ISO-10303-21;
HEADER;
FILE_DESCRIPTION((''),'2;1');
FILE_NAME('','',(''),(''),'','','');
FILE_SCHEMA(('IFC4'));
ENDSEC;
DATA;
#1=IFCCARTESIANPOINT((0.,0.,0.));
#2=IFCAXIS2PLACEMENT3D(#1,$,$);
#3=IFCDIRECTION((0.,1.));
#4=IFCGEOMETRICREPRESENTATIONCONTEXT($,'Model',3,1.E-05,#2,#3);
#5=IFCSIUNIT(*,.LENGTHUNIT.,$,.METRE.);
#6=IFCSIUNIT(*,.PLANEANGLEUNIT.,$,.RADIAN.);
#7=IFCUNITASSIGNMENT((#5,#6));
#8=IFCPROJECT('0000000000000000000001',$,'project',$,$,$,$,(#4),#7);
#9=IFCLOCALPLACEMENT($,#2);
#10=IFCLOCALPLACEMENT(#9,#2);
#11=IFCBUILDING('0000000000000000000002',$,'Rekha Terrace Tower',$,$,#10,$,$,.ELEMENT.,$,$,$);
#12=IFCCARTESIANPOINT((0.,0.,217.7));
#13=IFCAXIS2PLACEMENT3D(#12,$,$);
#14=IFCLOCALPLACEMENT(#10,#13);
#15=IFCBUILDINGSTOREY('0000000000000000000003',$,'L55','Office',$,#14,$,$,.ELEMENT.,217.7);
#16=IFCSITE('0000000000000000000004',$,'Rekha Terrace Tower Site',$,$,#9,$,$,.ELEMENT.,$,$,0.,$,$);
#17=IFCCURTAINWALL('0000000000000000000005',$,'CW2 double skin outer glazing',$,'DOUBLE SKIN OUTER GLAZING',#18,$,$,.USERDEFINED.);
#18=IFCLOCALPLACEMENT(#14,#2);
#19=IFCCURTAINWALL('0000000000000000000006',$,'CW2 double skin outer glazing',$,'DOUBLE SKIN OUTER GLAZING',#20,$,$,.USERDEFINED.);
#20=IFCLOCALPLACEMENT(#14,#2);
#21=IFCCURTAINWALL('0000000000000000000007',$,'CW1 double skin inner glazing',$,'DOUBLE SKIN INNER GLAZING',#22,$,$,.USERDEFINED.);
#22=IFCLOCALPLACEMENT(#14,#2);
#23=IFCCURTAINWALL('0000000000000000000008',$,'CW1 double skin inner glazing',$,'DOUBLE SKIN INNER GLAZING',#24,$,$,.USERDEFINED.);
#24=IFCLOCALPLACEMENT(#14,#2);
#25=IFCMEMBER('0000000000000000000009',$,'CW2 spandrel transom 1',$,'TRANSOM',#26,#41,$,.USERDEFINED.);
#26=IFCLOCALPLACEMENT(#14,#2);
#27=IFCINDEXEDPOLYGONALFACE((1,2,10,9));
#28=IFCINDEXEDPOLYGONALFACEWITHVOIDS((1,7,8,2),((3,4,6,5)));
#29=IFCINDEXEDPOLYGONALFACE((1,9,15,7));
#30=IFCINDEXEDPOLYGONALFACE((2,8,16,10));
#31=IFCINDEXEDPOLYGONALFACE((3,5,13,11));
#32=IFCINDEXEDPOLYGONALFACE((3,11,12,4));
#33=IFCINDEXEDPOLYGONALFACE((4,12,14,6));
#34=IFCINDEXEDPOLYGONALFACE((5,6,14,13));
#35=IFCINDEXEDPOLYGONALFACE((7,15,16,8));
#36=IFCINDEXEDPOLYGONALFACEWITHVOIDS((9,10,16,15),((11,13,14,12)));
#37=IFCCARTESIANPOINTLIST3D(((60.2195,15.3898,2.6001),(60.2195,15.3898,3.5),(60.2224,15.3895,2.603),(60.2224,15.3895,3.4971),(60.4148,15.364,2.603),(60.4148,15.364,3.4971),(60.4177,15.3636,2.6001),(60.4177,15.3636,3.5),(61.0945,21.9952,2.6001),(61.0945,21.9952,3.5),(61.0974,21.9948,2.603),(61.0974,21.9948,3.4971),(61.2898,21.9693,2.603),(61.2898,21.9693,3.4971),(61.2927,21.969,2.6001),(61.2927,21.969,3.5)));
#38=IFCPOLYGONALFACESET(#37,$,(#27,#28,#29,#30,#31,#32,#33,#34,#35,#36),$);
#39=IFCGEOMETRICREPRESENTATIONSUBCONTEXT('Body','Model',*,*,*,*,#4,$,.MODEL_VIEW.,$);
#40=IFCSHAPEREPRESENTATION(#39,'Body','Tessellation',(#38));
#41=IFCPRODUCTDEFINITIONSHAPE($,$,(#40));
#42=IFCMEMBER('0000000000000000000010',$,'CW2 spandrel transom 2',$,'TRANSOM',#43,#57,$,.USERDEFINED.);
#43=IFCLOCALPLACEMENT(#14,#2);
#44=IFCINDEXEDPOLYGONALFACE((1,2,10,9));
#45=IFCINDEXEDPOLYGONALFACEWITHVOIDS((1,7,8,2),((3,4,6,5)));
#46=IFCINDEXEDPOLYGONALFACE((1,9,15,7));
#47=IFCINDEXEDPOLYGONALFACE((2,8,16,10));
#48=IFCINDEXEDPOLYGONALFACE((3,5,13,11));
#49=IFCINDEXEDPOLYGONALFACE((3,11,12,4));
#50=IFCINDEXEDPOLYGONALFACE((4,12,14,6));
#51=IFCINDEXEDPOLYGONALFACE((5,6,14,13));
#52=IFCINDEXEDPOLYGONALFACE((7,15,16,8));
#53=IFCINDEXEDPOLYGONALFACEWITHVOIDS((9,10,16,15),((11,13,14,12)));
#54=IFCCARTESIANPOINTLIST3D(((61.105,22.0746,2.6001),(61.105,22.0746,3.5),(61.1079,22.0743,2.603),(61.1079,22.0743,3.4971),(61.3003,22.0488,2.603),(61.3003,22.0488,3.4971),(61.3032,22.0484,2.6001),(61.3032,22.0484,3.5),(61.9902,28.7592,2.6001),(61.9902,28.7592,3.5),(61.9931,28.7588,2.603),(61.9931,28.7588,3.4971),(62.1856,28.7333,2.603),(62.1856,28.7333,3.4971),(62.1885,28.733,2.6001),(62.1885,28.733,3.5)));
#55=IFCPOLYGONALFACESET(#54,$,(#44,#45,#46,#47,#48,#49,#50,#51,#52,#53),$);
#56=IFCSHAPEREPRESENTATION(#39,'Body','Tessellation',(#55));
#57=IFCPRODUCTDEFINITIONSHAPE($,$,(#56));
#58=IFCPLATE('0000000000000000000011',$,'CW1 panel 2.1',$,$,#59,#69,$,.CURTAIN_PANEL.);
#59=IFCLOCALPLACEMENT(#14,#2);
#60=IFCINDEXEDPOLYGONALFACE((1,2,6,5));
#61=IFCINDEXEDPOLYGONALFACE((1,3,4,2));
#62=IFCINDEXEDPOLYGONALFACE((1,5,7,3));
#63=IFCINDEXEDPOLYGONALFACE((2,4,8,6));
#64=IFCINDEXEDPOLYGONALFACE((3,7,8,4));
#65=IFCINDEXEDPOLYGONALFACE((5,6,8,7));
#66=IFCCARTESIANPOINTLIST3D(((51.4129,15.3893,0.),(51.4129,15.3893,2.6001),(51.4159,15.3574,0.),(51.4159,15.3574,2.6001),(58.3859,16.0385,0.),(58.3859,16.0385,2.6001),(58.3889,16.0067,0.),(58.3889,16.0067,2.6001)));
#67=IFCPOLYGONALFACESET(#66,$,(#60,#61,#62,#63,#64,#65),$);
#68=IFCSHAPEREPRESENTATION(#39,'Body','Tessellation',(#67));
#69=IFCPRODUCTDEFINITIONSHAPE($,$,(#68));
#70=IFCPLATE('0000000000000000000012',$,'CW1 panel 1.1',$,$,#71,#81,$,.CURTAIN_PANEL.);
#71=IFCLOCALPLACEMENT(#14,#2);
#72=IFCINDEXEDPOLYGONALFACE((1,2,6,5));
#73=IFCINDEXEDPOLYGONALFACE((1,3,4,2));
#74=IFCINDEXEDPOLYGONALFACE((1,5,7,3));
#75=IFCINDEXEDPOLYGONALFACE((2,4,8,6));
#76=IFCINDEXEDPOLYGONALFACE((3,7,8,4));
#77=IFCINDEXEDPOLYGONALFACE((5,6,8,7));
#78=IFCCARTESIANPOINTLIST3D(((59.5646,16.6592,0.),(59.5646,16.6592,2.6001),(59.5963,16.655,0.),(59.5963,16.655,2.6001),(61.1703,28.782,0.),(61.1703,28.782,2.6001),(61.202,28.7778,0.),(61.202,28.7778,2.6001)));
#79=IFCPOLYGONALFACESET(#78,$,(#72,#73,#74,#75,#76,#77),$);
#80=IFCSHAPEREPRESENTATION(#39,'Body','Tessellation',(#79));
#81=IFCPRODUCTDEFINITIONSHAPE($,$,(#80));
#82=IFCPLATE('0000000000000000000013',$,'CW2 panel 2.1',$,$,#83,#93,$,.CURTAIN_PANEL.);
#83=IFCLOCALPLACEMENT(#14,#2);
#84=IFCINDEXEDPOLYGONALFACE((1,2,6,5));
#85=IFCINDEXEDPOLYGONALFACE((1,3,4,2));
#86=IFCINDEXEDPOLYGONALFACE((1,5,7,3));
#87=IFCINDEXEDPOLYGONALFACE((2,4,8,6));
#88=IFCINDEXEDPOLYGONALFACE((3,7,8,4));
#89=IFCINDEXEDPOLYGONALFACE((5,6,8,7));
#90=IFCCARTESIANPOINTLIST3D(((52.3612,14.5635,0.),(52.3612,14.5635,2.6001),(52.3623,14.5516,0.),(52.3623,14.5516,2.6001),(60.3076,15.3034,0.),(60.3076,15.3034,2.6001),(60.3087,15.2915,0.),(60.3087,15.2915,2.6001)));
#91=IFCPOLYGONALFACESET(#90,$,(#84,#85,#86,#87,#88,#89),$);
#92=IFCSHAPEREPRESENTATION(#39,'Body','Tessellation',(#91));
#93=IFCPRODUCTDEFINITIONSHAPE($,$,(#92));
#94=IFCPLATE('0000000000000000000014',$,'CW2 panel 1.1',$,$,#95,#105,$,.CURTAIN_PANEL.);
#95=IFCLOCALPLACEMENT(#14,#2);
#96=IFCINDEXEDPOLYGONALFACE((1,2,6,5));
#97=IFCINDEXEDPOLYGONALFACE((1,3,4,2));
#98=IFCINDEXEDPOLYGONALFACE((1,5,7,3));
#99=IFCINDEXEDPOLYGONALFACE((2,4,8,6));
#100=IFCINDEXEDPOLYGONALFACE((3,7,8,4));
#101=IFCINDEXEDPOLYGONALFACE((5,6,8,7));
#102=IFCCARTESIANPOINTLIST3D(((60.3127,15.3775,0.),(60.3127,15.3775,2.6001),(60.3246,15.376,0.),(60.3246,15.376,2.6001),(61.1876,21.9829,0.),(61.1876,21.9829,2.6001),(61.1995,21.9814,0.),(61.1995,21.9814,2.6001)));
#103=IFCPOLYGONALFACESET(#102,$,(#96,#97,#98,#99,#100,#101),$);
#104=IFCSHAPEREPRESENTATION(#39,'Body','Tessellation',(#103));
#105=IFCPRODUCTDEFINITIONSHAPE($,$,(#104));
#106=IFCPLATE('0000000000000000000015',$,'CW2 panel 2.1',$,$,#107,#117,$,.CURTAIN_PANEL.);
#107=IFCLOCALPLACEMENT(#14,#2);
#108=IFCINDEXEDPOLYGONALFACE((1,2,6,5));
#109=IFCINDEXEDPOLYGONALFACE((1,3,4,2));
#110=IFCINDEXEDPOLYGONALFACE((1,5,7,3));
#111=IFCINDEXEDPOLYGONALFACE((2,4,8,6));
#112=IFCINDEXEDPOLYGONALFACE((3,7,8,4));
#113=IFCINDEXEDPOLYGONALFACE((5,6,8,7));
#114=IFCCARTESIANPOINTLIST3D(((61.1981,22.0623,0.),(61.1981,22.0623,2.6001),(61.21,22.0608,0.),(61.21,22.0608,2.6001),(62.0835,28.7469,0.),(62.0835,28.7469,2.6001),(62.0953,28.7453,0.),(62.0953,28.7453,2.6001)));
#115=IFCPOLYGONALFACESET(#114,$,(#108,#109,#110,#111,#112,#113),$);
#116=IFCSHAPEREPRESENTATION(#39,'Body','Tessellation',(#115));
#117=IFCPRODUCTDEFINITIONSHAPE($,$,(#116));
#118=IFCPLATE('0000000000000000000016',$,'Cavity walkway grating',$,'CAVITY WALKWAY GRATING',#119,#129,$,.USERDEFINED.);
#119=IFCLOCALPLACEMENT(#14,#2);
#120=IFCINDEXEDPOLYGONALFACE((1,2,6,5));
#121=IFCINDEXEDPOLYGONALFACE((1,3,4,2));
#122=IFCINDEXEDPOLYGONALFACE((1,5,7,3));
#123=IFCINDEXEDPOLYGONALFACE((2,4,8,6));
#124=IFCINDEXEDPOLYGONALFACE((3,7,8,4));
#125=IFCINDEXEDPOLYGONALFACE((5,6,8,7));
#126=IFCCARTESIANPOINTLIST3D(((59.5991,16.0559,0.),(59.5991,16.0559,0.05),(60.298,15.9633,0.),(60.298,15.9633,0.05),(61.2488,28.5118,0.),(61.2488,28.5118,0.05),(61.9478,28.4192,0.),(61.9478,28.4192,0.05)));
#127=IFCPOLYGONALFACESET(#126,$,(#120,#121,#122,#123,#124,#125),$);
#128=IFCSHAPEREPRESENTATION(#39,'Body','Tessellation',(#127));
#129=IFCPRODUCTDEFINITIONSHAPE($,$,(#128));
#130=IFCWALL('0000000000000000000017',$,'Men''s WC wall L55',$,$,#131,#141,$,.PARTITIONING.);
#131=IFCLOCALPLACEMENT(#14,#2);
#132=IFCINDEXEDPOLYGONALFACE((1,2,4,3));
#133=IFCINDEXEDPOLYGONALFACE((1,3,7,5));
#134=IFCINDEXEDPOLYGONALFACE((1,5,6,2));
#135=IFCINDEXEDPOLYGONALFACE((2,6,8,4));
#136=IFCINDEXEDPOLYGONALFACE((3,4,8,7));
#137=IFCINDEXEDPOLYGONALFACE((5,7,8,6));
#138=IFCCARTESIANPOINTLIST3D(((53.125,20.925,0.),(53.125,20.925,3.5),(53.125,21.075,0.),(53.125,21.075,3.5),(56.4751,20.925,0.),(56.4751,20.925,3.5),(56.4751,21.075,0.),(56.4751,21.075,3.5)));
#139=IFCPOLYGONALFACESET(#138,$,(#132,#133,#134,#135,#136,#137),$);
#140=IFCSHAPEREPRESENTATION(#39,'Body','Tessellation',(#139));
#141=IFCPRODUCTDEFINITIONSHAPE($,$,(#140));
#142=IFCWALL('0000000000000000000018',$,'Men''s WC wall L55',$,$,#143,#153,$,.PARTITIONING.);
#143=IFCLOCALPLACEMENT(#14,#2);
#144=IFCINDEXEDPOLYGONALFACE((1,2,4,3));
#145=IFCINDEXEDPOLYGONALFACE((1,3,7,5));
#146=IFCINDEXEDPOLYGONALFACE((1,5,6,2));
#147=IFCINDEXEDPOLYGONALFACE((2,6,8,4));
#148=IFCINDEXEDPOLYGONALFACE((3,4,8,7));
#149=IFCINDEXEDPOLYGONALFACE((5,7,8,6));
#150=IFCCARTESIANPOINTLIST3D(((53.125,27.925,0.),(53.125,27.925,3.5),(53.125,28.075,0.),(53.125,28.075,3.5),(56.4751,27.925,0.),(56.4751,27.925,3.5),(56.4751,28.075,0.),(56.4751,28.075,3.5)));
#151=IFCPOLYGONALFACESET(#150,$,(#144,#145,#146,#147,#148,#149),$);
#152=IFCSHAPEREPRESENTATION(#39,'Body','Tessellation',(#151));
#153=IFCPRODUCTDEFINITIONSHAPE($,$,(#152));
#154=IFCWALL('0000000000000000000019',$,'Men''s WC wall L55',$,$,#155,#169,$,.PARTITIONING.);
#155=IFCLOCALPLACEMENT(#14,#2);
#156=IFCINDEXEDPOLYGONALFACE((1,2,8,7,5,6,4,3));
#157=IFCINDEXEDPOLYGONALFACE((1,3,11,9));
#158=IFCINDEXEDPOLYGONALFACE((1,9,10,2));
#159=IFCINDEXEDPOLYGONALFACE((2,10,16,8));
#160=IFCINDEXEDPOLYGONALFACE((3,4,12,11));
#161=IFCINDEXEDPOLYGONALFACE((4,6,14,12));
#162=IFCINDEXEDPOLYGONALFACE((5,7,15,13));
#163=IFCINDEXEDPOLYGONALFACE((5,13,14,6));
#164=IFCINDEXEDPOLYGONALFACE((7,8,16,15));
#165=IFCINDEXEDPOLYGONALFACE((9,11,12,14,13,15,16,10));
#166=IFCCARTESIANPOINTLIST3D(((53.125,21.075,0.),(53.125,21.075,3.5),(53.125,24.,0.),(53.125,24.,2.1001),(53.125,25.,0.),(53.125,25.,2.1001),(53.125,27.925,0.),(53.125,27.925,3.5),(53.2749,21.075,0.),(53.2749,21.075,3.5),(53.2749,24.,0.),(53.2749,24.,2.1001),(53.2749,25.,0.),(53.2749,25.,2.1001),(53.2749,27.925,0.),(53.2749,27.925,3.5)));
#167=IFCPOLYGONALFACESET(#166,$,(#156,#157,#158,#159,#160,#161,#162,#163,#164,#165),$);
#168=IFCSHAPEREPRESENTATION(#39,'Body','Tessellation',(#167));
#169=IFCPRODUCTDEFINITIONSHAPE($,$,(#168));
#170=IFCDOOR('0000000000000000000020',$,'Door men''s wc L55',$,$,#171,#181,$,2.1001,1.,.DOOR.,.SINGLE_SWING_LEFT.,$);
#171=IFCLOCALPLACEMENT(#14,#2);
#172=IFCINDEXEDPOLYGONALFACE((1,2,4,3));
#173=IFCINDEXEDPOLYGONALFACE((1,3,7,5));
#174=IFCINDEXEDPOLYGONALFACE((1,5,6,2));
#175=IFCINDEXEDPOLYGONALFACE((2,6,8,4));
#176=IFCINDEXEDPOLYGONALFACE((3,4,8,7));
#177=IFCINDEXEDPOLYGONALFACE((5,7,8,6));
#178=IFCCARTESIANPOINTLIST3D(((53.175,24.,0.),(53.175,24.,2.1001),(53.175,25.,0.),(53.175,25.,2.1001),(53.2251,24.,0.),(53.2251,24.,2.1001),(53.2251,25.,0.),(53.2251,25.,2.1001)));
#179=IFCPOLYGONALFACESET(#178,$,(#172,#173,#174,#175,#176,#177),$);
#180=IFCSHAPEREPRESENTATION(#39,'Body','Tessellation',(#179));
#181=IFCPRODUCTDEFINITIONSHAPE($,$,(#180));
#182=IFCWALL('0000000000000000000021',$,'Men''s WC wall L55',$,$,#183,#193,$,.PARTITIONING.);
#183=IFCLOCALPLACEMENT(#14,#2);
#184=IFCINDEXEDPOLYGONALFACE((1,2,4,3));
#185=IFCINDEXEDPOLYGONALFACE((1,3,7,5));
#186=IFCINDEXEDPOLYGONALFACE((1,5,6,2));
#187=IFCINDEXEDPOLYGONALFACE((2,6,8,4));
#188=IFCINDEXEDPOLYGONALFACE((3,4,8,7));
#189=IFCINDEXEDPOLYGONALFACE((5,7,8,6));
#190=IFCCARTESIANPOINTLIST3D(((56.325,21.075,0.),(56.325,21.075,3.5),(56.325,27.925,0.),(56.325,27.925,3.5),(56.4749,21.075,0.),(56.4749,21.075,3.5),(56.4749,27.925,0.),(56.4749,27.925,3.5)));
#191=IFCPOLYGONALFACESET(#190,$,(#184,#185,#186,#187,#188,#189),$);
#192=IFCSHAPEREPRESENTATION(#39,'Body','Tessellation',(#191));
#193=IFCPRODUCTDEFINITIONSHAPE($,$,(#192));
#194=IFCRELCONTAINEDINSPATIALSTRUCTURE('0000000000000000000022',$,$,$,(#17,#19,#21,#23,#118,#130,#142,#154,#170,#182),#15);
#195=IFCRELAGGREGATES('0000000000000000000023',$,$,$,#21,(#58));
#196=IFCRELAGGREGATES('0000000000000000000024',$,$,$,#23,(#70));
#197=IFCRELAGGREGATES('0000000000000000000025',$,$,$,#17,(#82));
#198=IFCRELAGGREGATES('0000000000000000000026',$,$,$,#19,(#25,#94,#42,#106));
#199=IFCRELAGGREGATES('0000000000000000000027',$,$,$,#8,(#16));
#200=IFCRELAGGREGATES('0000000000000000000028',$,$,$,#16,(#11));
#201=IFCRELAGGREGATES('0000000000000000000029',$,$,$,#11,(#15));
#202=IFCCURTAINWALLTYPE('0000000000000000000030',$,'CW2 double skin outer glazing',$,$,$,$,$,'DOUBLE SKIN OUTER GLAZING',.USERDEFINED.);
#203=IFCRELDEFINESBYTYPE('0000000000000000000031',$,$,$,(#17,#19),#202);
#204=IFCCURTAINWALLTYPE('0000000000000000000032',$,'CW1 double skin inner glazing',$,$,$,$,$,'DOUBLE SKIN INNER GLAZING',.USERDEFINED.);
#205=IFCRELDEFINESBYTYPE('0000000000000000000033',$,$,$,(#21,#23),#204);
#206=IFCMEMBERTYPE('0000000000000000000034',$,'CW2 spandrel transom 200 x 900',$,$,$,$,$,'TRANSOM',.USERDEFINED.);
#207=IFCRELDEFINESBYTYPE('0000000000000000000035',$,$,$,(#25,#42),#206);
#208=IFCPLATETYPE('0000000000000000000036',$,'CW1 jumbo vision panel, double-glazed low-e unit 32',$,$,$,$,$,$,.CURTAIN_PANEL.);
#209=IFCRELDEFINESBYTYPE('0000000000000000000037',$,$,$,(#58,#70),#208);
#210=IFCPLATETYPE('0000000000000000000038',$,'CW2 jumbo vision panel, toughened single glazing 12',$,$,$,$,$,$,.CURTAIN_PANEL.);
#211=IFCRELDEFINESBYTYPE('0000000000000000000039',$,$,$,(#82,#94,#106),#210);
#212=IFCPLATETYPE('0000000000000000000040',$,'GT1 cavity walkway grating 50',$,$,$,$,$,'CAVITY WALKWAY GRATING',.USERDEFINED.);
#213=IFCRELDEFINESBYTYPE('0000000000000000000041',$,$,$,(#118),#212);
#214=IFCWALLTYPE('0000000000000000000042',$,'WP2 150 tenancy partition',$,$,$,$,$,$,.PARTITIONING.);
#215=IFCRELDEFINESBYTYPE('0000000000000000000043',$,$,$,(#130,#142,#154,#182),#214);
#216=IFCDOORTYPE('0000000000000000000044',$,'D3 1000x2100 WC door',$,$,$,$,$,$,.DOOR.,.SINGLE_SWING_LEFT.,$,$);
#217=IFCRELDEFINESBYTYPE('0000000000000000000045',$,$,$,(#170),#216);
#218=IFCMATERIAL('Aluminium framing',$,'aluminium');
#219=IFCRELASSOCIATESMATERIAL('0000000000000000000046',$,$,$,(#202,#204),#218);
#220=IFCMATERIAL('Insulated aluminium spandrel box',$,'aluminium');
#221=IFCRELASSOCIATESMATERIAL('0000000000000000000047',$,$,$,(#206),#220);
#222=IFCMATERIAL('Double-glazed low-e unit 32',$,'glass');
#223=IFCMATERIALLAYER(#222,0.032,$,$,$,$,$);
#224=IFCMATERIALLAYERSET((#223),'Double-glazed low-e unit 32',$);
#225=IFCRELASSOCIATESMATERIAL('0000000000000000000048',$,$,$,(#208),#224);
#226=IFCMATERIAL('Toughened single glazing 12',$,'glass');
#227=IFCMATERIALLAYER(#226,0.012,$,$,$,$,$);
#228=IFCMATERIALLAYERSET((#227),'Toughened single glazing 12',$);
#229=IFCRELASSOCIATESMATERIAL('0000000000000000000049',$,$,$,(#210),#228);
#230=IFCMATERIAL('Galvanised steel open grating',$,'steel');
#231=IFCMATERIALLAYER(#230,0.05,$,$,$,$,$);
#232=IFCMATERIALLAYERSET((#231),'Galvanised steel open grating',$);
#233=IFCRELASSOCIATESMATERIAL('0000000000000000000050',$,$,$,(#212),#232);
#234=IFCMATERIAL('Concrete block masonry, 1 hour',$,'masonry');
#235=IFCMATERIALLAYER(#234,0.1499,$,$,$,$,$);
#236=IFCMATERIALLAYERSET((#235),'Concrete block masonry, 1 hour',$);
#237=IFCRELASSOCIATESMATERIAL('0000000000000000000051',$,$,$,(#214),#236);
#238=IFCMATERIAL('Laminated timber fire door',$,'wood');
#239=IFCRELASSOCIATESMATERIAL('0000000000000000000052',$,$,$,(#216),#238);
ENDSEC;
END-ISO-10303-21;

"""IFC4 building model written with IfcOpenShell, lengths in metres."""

from ifc_helpers import new_model, si_unit, direction, frame, frame_2d, origin, origin_2d, place, context, subcontext, project, spatial, rectangle, hollow_rectangle, extrude, material, layer, layer_set, material_profile, profile_set, type_object, element, fill, aggregate, save


model = new_model("IFC4")

# Units and contexts
model_context = context("Model", 3, precision=1e-05, world=origin(), true_north=direction((0.0, 1.0)))
body_context = subcontext(model_context, "Body", "Model", "MODEL_VIEW")
ifc_project = project(units=[si_unit("LENGTHUNIT", "METRE"), si_unit("PLANEANGLEUNIT", "RADIAN")], contexts=[model_context])

# Site, building, storey
site_placement = place(None, origin())
site = spatial("IfcSite", under=ifc_project, at=site_placement, Name="Rekha Terrace Tower Site", CompositionType="ELEMENT", RefElevation=0.0)
building_placement = place(site_placement, origin())
building = spatial("IfcBuilding", under=site, at=building_placement, Name="Rekha Terrace Tower", CompositionType="ELEMENT")
storey_placement = place(building_placement, frame((0.0, 0.0, 217.7)))
storey = spatial("IfcBuildingStorey", under=building, at=storey_placement, Name="L55", Description="Office", CompositionType="ELEMENT", Elevation=217.7)

# Curtain walls
ifc_material_1 = material(Name="Aluminium framing", Category="aluminium")
curtain_wall_type_1 = type_object("IfcCurtainWallType", Name="CW2 double skin outer glazing", ElementType="DOUBLE SKIN OUTER GLAZING", PredefinedType="USERDEFINED", material=ifc_material_1)
curtain_wall_1_placement = place(storey_placement, origin())
curtain_wall_1 = element("IfcCurtainWall", 1, at=curtain_wall_1_placement, inside=storey, type_object=curtain_wall_type_1, Name="CW2 double skin outer glazing", ObjectType="DOUBLE SKIN OUTER GLAZING", PredefinedType="USERDEFINED")
curtain_wall_2_placement = place(storey_placement, origin())
curtain_wall_2 = element("IfcCurtainWall", 2, at=curtain_wall_2_placement, inside=storey, type_object=curtain_wall_type_1, Name="CW2 double skin outer glazing", ObjectType="DOUBLE SKIN OUTER GLAZING", PredefinedType="USERDEFINED")
curtain_wall_type_2 = type_object("IfcCurtainWallType", Name="CW1 double skin inner glazing", ElementType="DOUBLE SKIN INNER GLAZING", PredefinedType="USERDEFINED", material=ifc_material_1)
curtain_wall_3_placement = place(storey_placement, origin())
curtain_wall_3 = element("IfcCurtainWall", 3, at=curtain_wall_3_placement, inside=storey, type_object=curtain_wall_type_2, Name="CW1 double skin inner glazing", ObjectType="DOUBLE SKIN INNER GLAZING", PredefinedType="USERDEFINED")

# Curtain wall
curtain_wall_4_placement = place(storey_placement, origin())
curtain_wall_4 = element("IfcCurtainWall", 4, at=curtain_wall_4_placement, inside=storey, type_object=curtain_wall_type_2, Name="CW1 double skin inner glazing", ObjectType="DOUBLE SKIN INNER GLAZING", PredefinedType="USERDEFINED")
ifc_material_2 = material(Name="Insulated aluminium spandrel box", Category="aluminium")

# Members
ifc_material_profile_1 = material_profile(ifc_material_2, hollow_rectangle(XDim=0.2, YDim=0.8999, WallThickness=0.0029, at=origin_2d()), Name="AL SPANDREL BOX 200x900")
ifc_profile_set_1 = profile_set([ifc_material_profile_1], Name="Insulated aluminium spandrel box")
member_type_1 = type_object("IfcMemberType", Name="CW2 spandrel transom 200 x 900", ElementType="TRANSOM", PredefinedType="USERDEFINED", material=ifc_profile_set_1)
member_1_placement = place(storey_placement, frame((60.3186, 15.3767, 3.05), z_axis=(0.131319, 0.99134, 0.0), x_axis=(-0.99134, 0.131319, 0.0)))
member_1 = element("IfcMember", 5, at=member_1_placement, type_object=member_type_1, Name="CW2 spandrel transom 1", ObjectType="TRANSOM", PredefinedType="USERDEFINED", context=body_context, shape_type="SweptSolid", body=[
    extrude(hollow_rectangle(XDim=0.2, YDim=0.8999, WallThickness=0.0029, at=origin_2d()), origin(), (0.0, 0.0, 1.0), 6.6631),
])
member_2_placement = place(storey_placement, frame((61.2041, 22.0615, 3.05), z_axis=(0.131286, 0.991345, 0.0), x_axis=(-0.991345, 0.131286, 0.0)))
member_2 = element("IfcMember", 6, at=member_2_placement, type_object=member_type_1, Name="CW2 spandrel transom 2", ObjectType="TRANSOM", PredefinedType="USERDEFINED", context=body_context, shape_type="SweptSolid", body=[
    extrude(hollow_rectangle(XDim=0.2, YDim=0.8999, WallThickness=0.0029, at=origin_2d()), origin(), (0.0, 0.0, 1.0), 6.7429),
])

# Plates
ifc_material_3 = material(Name="Double-glazed low-e unit 32", Category="glass")
ifc_layer_1 = layer(ifc_material_3, 0.032)
ifc_layer_set_1 = layer_set([ifc_layer_1], Name="Double-glazed low-e unit 32")
plate_type_1 = type_object("IfcPlateType", Name="CW1 jumbo vision panel, double-glazed low-e unit 32", PredefinedType="CURTAIN_PANEL", material=ifc_layer_set_1)
plate_1_placement = place(storey_placement, frame((54.9009, 15.698, 0.0), z_axis=(0.0, 0.0, 1.0), x_axis=(0.995693, 0.092709, 0.0)))
plate_1 = element("IfcPlate", 7, at=plate_1_placement, type_object=plate_type_1, Name="CW1 panel 2.1", PredefinedType="CURTAIN_PANEL", context=body_context, shape_type="SweptSolid", body=[
    extrude(rectangle(XDim=7.0032, YDim=0.032, at=origin_2d()), origin(), (0.0, 0.0, 1.0), 2.6001),
])
aggregate(curtain_wall_3, [plate_1])
plate_2_placement = place(storey_placement, frame((60.3833, 22.7185, 0.0), z_axis=(0.0, 0.0, 1.0), x_axis=(0.131304, 0.991342, 0.0)))
plate_2 = element("IfcPlate", 8, at=plate_2_placement, type_object=plate_type_1, Name="CW1 panel 1.1", PredefinedType="CURTAIN_PANEL", context=body_context, shape_type="SweptSolid", body=[
    extrude(rectangle(XDim=12.2288, YDim=0.032, at=origin_2d()), origin(), (0.0, 0.0, 1.0), 2.6001),
])
aggregate(curtain_wall_4, [plate_2])
ifc_material_4 = material(Name="Toughened single glazing 12", Category="glass")
ifc_layer_2 = layer(ifc_material_4, 0.012)
ifc_layer_set_2 = layer_set([ifc_layer_2], Name="Toughened single glazing 12")
plate_type_2 = type_object("IfcPlateType", Name="CW2 jumbo vision panel, toughened single glazing 12", PredefinedType="CURTAIN_PANEL", material=ifc_layer_set_2)
plate_3_placement = place(storey_placement, frame((56.335, 14.9275, 0.0), z_axis=(0.0, 0.0, 1.0), x_axis=(0.995693, 0.092709, 0.0)))
plate_3 = element("IfcPlate", 9, at=plate_3_placement, type_object=plate_type_2, Name="CW2 panel 2.1", PredefinedType="CURTAIN_PANEL", context=body_context, shape_type="SweptSolid", body=[
    extrude(rectangle(XDim=7.9807, YDim=0.012, at=origin_2d()), origin(), (0.0, 0.0, 1.0), 2.6001),
])
aggregate(curtain_wall_1, [plate_3])
plate_4_placement = place(storey_placement, frame((60.7561, 18.6794, 0.0), z_axis=(0.0, 0.0, 1.0), x_axis=(0.131304, 0.991342, 0.0)))
plate_4 = element("IfcPlate", 10, at=plate_4_placement, type_object=plate_type_2, Name="CW2 panel 1.1", PredefinedType="CURTAIN_PANEL", context=body_context, shape_type="SweptSolid", body=[
    extrude(rectangle(XDim=6.6631, YDim=0.012, at=origin_2d()), origin(), (0.0, 0.0, 1.0), 2.6001),
])
plate_5_placement = place(storey_placement, frame((61.6467, 25.4038, 0.0), z_axis=(0.0, 0.0, 1.0), x_axis=(0.131304, 0.991342, 0.0)))
plate_5 = element("IfcPlate", 11, at=plate_5_placement, type_object=plate_type_2, Name="CW2 panel 2.1", PredefinedType="CURTAIN_PANEL", context=body_context, shape_type="SweptSolid", body=[
    extrude(rectangle(XDim=6.7429, YDim=0.012, at=origin_2d()), origin(), (0.0, 0.0, 1.0), 2.6001),
])
aggregate(curtain_wall_2, [member_1, plate_4, member_2, plate_5])
ifc_material_5 = material(Name="Galvanised steel open grating", Category="steel")
ifc_layer_3 = layer(ifc_material_5, 0.05)
ifc_layer_set_3 = layer_set([ifc_layer_3], Name="Galvanised steel open grating")
plate_type_3 = type_object("IfcPlateType", Name="GT1 cavity walkway grating 50", ElementType="CAVITY WALKWAY GRATING", PredefinedType="USERDEFINED", material=ifc_layer_set_3)
plate_6_placement = place(storey_placement, frame((60.7734, 22.2375, 0.0), z_axis=(0.0, 0.0, 1.0), x_axis=(0.131304, 0.991342, 0.0)))
element("IfcPlate", 12, at=plate_6_placement, inside=storey, type_object=plate_type_3, Name="Cavity walkway grating", ObjectType="CAVITY WALKWAY GRATING", PredefinedType="USERDEFINED", context=body_context, shape_type="SweptSolid", body=[
    extrude(rectangle(XDim=12.5647, YDim=0.7051, at=origin_2d()), origin(), (0.0, 0.0, 1.0), 0.05),
])

# Walls
ifc_material_6 = material(Name="Concrete block masonry, 1 hour", Category="masonry")
ifc_layer_4 = layer(ifc_material_6, 0.1499)
ifc_layer_set_4 = layer_set([ifc_layer_4], Name="Concrete block masonry, 1 hour")
wall_type_1 = type_object("IfcWallType", Name="WP2 150 tenancy partition", PredefinedType="PARTITIONING", material=ifc_layer_set_4)
for number, where, z_axis, x_axis, name in (
    (13, (53.125, 21.0, 0.0), (0.0, 0.0, 1.0), (1.0, 0.0, 0.0), "Men's WC wall L55"),
    (14, (53.125, 28.0, 0.0), (0.0, 0.0, 1.0), (1.0, 0.0, 0.0), "Men's WC wall L55"),
):
    element("IfcWall", number, at=place(storey_placement, frame(where, z_axis=z_axis, x_axis=x_axis)), inside=storey, type_object=wall_type_1, Name=name, PredefinedType="PARTITIONING", context=body_context, shape_type="SweptSolid", body=[
        extrude(rectangle(XDim=3.3501, YDim=0.1499, at=frame_2d((1.675, 0.0))), origin(), (0.0, 0.0, 1.0), 3.5),
    ])

# Wall, opening, door
wall_1_placement = place(storey_placement, frame((53.2, 21.075, 0.0), z_axis=(0.0, 0.0, 1.0), x_axis=(0.0, 1.0, 0.0)))
wall_1 = element("IfcWall", 15, at=wall_1_placement, inside=storey, type_object=wall_type_1, Name="Men's WC wall L55", PredefinedType="PARTITIONING", context=body_context, shape_type="SweptSolid", body=[
    extrude(rectangle(XDim=6.8501, YDim=0.1499, at=frame_2d((3.425, 0.0))), origin(), (0.0, 0.0, 1.0), 3.5),
])
opening_placement = place(wall_1_placement, frame((2.925, 0.0, 0.0)))
opening = element("IfcOpeningElement", 16, at=opening_placement, cuts=wall_1, PredefinedType="OPENING", context=body_context, shape_type="SweptSolid", body=[
    extrude(rectangle(XDim=1.0, YDim=2.1001, at=frame_2d((0.5, 1.05))), frame((0.0, 0.085, 0.0), z_axis=(0.0, -1.0, 0.0), x_axis=(1.0, 0.0, 0.0)), (0.0, 0.0, 1.0), 0.1699),
])
ifc_material_7 = material(Name="Laminated timber fire door", Category="wood")
door_type = type_object("IfcDoorType", Name="D3 1000x2100 WC door", OperationType="SINGLE_SWING_LEFT", PredefinedType="DOOR", material=ifc_material_7)
door_placement = place(opening_placement, origin())
door = element("IfcDoor", 17, at=door_placement, inside=storey, type_object=door_type, Name="Door men's wc L55", OperationType="SINGLE_SWING_LEFT", OverallHeight=2.1001, OverallWidth=1.0, PredefinedType="DOOR", context=body_context, shape_type="SweptSolid", body=[
    extrude(rectangle(XDim=1.0, YDim=2.1001, at=frame_2d((0.5, 1.05))), frame((0.0, 0.0249, 0.0), z_axis=(0.0, -1.0, 0.0), x_axis=(1.0, 0.0, 0.0)), (0.0, 0.0, 1.0), 0.05),
])
fill(opening, door)

# Wall
wall_2_placement = place(storey_placement, frame((56.3999, 21.075, 0.0), z_axis=(0.0, 0.0, 1.0), x_axis=(0.0, 1.0, 0.0)))
element("IfcWall", 18, at=wall_2_placement, inside=storey, type_object=wall_type_1, Name="Men's WC wall L55", PredefinedType="PARTITIONING", context=body_context, shape_type="SweptSolid", body=[
    extrude(rectangle(XDim=6.8501, YDim=0.1499, at=frame_2d((3.425, 0.0))), origin(), (0.0, 0.0, 1.0), 3.5),
])

save(model, "model.ifc")
